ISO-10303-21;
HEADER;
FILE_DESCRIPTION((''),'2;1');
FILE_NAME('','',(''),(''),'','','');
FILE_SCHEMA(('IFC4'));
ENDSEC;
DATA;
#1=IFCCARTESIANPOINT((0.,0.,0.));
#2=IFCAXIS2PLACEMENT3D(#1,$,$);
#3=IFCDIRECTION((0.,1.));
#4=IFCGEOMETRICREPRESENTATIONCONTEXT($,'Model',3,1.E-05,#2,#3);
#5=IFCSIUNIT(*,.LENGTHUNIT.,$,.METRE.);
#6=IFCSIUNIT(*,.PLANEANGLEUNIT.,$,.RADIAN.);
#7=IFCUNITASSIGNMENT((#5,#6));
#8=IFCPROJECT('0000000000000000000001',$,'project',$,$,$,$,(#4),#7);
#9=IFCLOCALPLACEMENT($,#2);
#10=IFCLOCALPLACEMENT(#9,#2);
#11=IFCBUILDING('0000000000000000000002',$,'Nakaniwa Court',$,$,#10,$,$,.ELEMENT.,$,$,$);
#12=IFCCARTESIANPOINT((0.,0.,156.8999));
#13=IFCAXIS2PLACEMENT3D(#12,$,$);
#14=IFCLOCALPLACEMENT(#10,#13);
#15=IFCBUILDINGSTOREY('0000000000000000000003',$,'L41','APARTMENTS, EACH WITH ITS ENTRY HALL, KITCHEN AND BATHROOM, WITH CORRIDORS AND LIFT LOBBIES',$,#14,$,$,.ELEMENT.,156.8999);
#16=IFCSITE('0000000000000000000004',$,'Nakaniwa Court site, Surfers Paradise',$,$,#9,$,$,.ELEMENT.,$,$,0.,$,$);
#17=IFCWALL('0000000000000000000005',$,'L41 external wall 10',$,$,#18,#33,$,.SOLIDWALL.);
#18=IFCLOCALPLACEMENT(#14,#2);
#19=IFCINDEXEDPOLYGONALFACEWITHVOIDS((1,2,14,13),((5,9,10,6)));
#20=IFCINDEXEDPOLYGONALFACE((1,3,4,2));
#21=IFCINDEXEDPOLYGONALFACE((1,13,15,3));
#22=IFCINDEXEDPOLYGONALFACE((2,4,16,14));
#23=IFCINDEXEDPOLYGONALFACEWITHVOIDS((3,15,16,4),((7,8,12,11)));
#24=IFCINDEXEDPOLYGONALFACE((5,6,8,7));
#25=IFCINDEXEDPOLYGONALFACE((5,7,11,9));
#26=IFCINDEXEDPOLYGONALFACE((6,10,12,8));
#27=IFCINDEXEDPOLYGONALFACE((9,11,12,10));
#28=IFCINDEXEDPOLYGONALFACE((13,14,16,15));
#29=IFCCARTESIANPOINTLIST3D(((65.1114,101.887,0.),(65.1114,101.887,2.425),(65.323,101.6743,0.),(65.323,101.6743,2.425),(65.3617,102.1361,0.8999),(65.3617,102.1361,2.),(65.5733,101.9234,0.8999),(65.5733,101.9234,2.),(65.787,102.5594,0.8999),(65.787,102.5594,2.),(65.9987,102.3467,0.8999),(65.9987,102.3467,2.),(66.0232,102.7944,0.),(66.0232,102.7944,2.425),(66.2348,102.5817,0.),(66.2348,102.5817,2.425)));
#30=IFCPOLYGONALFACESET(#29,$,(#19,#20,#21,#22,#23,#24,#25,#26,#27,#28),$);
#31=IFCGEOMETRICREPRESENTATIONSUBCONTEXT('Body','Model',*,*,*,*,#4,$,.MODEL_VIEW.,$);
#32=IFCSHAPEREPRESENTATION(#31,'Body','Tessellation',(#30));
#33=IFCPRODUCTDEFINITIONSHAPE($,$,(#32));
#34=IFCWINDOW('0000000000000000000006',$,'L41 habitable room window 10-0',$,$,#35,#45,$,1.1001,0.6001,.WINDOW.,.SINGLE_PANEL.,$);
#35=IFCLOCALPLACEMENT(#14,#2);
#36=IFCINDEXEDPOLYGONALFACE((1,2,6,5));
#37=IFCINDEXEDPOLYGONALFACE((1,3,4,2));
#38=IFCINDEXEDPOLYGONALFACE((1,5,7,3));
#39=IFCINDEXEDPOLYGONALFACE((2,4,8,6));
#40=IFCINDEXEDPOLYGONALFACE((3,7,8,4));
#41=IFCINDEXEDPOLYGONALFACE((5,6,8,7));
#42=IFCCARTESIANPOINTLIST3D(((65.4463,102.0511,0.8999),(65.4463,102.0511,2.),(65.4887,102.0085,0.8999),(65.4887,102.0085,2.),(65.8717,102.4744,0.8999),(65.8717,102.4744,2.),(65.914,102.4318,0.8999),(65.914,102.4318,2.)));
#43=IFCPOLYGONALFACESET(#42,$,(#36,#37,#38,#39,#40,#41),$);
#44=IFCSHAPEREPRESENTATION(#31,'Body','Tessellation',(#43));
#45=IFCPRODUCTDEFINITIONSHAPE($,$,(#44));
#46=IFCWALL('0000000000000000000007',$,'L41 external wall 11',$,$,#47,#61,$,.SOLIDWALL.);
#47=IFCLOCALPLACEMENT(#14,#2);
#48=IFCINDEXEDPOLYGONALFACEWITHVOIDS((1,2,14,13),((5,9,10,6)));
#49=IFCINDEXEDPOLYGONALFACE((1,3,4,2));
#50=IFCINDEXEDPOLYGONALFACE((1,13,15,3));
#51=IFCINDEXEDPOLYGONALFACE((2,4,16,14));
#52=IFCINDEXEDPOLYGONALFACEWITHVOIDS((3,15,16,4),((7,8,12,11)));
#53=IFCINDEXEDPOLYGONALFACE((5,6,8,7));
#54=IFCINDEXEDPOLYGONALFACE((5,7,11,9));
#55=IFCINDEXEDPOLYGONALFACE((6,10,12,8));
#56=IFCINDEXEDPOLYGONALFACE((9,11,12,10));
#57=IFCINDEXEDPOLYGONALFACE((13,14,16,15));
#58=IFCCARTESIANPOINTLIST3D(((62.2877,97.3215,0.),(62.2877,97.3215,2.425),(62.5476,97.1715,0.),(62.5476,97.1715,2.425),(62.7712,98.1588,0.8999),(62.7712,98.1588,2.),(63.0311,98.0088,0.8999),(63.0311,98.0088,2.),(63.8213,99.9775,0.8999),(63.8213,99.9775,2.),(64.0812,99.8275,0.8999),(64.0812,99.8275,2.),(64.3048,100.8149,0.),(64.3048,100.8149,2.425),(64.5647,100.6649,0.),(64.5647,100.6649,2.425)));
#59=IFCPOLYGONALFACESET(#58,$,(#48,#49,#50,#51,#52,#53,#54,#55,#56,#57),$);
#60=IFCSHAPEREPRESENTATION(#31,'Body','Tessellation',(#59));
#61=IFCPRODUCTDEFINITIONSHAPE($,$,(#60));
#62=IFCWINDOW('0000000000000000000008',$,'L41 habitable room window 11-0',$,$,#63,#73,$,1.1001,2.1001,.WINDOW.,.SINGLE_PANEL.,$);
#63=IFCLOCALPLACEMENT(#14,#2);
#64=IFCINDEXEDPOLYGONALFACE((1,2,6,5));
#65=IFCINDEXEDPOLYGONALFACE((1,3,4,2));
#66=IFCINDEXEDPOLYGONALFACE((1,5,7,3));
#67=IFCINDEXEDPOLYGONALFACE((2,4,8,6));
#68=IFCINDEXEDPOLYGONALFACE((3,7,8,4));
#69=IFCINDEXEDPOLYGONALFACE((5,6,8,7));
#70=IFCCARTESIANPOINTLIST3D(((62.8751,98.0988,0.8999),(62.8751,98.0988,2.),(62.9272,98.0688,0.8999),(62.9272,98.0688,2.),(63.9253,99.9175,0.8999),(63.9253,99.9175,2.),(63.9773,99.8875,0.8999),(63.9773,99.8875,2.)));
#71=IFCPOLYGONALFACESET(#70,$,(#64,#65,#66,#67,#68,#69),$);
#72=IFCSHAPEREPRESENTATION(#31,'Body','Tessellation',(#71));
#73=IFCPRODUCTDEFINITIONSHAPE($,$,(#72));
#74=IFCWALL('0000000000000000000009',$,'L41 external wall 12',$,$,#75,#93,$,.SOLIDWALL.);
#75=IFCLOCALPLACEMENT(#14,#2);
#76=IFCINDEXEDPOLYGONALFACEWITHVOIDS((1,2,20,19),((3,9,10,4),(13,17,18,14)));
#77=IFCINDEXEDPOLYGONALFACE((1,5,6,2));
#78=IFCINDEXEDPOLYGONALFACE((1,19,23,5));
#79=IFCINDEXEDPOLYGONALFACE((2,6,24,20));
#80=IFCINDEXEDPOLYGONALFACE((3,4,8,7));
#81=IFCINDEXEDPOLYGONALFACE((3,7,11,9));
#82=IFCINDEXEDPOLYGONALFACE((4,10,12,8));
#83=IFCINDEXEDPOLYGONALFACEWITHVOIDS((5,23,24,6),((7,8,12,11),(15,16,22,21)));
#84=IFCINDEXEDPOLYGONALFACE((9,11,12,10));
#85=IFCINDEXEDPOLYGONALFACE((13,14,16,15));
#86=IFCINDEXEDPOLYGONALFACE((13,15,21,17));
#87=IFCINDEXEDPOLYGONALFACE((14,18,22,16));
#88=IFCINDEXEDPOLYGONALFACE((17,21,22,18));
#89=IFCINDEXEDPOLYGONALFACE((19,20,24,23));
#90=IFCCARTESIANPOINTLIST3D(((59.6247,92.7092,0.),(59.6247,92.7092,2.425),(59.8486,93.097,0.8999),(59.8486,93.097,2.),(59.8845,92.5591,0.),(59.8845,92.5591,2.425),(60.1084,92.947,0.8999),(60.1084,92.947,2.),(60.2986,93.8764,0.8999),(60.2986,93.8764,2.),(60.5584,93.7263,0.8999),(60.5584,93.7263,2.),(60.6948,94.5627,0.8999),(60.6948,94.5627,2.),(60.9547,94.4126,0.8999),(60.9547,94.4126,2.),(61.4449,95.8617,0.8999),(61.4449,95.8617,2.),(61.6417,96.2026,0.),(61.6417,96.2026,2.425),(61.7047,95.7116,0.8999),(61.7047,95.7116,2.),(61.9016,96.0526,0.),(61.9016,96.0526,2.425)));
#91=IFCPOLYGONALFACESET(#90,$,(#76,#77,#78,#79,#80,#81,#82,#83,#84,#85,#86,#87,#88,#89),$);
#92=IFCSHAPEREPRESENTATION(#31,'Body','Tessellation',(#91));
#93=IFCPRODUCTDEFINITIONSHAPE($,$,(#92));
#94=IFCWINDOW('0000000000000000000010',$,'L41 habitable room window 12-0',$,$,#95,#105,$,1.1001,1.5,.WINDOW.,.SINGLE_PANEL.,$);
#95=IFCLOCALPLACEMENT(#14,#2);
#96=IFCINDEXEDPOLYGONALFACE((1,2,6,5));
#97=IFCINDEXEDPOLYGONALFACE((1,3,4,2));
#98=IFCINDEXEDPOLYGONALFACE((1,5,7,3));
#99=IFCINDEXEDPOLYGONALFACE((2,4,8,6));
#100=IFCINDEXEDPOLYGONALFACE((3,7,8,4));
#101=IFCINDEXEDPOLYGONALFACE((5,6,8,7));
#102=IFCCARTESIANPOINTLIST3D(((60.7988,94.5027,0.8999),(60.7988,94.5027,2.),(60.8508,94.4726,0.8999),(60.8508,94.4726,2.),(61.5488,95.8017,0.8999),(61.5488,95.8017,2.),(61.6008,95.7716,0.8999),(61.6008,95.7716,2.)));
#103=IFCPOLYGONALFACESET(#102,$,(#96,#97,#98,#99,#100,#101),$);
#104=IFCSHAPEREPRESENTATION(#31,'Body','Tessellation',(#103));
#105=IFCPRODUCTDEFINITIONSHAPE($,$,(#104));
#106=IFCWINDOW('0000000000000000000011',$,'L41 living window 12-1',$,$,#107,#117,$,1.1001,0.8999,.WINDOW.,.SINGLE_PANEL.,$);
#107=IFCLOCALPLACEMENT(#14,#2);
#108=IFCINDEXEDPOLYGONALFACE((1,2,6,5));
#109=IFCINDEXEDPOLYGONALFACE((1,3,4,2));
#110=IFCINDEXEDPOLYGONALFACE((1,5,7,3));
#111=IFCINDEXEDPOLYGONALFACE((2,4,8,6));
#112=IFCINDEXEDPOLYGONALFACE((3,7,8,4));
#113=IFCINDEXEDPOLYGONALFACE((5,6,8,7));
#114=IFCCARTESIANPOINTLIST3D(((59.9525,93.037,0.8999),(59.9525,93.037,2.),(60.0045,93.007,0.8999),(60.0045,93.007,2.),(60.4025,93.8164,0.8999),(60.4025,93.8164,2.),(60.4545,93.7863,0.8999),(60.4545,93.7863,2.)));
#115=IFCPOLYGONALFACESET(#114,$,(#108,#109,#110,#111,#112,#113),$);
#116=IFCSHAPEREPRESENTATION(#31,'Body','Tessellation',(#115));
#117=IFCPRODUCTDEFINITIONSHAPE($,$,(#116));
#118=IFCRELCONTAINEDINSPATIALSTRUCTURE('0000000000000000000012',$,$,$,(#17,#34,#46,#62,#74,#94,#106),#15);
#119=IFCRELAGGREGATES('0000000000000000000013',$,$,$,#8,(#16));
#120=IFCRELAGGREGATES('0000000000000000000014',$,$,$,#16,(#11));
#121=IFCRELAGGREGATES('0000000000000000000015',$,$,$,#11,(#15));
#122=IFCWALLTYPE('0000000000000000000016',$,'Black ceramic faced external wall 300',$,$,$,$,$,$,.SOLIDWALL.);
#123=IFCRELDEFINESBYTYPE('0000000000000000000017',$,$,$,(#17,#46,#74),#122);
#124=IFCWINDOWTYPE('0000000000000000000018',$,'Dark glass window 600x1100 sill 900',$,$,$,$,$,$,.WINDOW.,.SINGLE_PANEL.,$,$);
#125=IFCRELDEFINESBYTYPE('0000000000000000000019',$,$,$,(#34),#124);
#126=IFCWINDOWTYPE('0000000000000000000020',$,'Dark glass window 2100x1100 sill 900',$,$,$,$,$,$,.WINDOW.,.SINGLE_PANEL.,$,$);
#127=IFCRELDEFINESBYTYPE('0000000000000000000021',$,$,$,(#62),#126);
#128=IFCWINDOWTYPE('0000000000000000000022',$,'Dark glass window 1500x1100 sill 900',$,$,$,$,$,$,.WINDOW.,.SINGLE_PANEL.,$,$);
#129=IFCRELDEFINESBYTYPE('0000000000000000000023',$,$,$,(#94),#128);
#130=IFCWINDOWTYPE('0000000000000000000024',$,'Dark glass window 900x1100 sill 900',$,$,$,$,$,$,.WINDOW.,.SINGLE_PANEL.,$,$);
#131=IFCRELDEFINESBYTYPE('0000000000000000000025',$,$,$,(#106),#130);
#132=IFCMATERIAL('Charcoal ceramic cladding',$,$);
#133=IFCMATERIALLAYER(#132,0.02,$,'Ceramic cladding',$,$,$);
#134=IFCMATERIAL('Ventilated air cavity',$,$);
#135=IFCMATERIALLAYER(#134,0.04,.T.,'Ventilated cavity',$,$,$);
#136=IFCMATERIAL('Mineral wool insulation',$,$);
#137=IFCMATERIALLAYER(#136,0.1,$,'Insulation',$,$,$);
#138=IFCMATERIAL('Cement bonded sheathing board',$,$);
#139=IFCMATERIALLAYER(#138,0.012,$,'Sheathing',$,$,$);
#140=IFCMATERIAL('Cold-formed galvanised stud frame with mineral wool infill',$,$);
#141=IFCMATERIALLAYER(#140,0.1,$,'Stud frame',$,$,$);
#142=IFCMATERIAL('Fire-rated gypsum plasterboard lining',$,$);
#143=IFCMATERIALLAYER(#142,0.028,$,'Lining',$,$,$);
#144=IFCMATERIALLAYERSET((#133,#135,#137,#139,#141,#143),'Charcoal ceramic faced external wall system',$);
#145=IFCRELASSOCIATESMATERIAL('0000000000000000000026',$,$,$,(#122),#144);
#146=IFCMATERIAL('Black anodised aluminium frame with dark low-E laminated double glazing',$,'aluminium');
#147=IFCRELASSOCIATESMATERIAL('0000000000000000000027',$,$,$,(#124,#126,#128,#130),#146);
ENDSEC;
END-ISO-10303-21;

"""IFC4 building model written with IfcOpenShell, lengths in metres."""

from ifc_helpers import new_model, si_unit, direction, frame, frame_2d, origin, place, context, subcontext, project, spatial, rectangle, extrude, material, layer, layer_set, type_object, element, fill, save


model = new_model("IFC4")

# Units and contexts
model_context = context("Model", 3, precision=1e-05, world=origin(), true_north=direction((0.0, 1.0)))
body_context = subcontext(model_context, "Body", "Model", "MODEL_VIEW")
ifc_project = project(units=[si_unit("LENGTHUNIT", "METRE"), si_unit("PLANEANGLEUNIT", "RADIAN")], contexts=[model_context])

# Site, building, storey
site_placement = place(None, origin())
site = spatial("IfcSite", under=ifc_project, at=site_placement, Name="Nakaniwa Court site, Surfers Paradise", CompositionType="ELEMENT", RefElevation=0.0)
building_placement = place(site_placement, origin())
building = spatial("IfcBuilding", under=site, at=building_placement, Name="Nakaniwa Court", CompositionType="ELEMENT")
storey_placement = place(building_placement, frame((0.0, 0.0, 156.8999)))
storey = spatial("IfcBuildingStorey", under=building, at=storey_placement, Name="L41", Description="APARTMENTS, EACH WITH ITS ENTRY HALL, KITCHEN AND BATHROOM, WITH CORRIDORS AND LIFT LOBBIES", CompositionType="ELEMENT", Elevation=156.8999)

# Walls, openings, windows
ifc_material_1 = material(Name="Charcoal ceramic cladding")
ifc_layer_1 = layer(ifc_material_1, 0.02, Name="Ceramic cladding")
ifc_material_2 = material(Name="Ventilated air cavity")
ifc_layer_2 = layer(ifc_material_2, 0.04, ventilated=True, Name="Ventilated cavity")
ifc_material_3 = material(Name="Mineral wool insulation")
ifc_layer_3 = layer(ifc_material_3, 0.1, Name="Insulation")
ifc_material_4 = material(Name="Cement bonded sheathing board")
ifc_layer_4 = layer(ifc_material_4, 0.012, Name="Sheathing")
ifc_material_5 = material(Name="Cold-formed galvanised stud frame with mineral wool infill")
ifc_layer_5 = layer(ifc_material_5, 0.1, Name="Stud frame")
ifc_material_6 = material(Name="Fire-rated gypsum plasterboard lining")
ifc_layer_6 = layer(ifc_material_6, 0.028, Name="Lining")
ifc_layer_set_1 = layer_set([ifc_layer_1, ifc_layer_2, ifc_layer_3, ifc_layer_4, ifc_layer_5, ifc_layer_6], Name="Charcoal ceramic faced external wall system")
wall_type_1 = type_object("IfcWallType", Name="Black ceramic faced external wall 300", PredefinedType="SOLIDWALL", material=ifc_layer_set_1)
wall_1_placement = place(storey_placement, frame((66.1289, 102.688, 0.0), z_axis=(0.0, 0.0, 1.0), x_axis=(-0.708813, -0.705397, 0.0)))
wall_1 = element("IfcWall", 1, at=wall_1_placement, inside=storey, type_object=wall_type_1, Name="L41 external wall 10", PredefinedType="SOLIDWALL", context=body_context, shape_type="SweptSolid", body=[
    extrude(rectangle(XDim=1.2864, YDim=0.3, at=frame_2d((0.6431, 0.0))), origin(), (0.0, 0.0, 1.0), 2.425),
])
opening_1_placement = place(wall_1_placement, frame((0.333, 0.0, 0.8999)))
opening_1 = element("IfcOpeningElement", 2, at=opening_1_placement, cuts=wall_1, PredefinedType="OPENING", context=body_context, shape_type="SweptSolid", body=[
    extrude(rectangle(XDim=0.6001, YDim=1.1001, at=frame_2d((0.3, 0.55))), frame((0.0, 0.1599, 0.0), z_axis=(0.0, -1.0, 0.0), x_axis=(1.0, 0.0, 0.0)), (0.0, 0.0, 1.0), 0.3201),
])
ifc_material_7 = material(Name="Black anodised aluminium frame with dark low-E laminated double glazing", Category="aluminium")
window_type_1 = type_object("IfcWindowType", Name="Dark glass window 600x1100 sill 900", PartitioningType="SINGLE_PANEL", PredefinedType="WINDOW", material=ifc_material_7)
window_1_placement = place(opening_1_placement, origin())
window_1 = element("IfcWindow", 3, at=window_1_placement, inside=storey, type_object=window_type_1, Name="L41 habitable room window 10-0", OverallHeight=1.1001, OverallWidth=0.6001, PartitioningType="SINGLE_PANEL", PredefinedType="WINDOW", context=body_context, shape_type="SweptSolid", body=[
    extrude(rectangle(XDim=0.6001, YDim=1.1001, at=frame_2d((0.3, 0.55))), frame((0.0, 0.03, 0.0), z_axis=(0.0, -1.0, 0.0), x_axis=(1.0, 0.0, 0.0)), (0.0, 0.0, 1.0), 0.0601),
])
fill(opening_1, window_1)
wall_2_placement = place(storey_placement, frame((64.4348, 100.74, 0.0), z_axis=(0.0, 0.0, 1.0), x_axis=(-0.500032, -0.866007, 0.0)))
wall_2 = element("IfcWall", 4, at=wall_2_placement, inside=storey, type_object=wall_type_1, Name="L41 external wall 11", PredefinedType="SOLIDWALL", context=body_context, shape_type="SweptSolid", body=[
    extrude(rectangle(XDim=4.0339, YDim=0.3, at=frame_2d((2.0171, 0.0))), origin(), (0.0, 0.0, 1.0), 2.425),
])
opening_2_placement = place(wall_2_placement, frame((0.967, 0.0, 0.8999)))
opening_2 = element("IfcOpeningElement", 5, at=opening_2_placement, cuts=wall_2, PredefinedType="OPENING", context=body_context, shape_type="SweptSolid", body=[
    extrude(rectangle(XDim=2.1001, YDim=1.1001, at=frame_2d((1.05, 0.55))), frame((0.0, 0.1599, 0.0), z_axis=(0.0, -1.0, 0.0), x_axis=(1.0, 0.0, 0.0)), (0.0, 0.0, 1.0), 0.3201),
])
window_type_2 = type_object("IfcWindowType", Name="Dark glass window 2100x1100 sill 900", PartitioningType="SINGLE_PANEL", PredefinedType="WINDOW", material=ifc_material_7)
window_2_placement = place(opening_2_placement, origin())
window_2 = element("IfcWindow", 6, at=window_2_placement, inside=storey, type_object=window_type_2, Name="L41 habitable room window 11-0", OverallHeight=1.1001, OverallWidth=2.1001, PartitioningType="SINGLE_PANEL", PredefinedType="WINDOW", context=body_context, shape_type="SweptSolid", body=[
    extrude(rectangle(XDim=2.1001, YDim=1.1001, at=frame_2d((1.05, 0.55))), frame((0.0, 0.03, 0.0), z_axis=(0.0, -1.0, 0.0), x_axis=(1.0, 0.0, 0.0)), (0.0, 0.0, 1.0), 0.0601),
])
fill(opening_2, window_2)

# Wall, openings, windows
wall_3_placement = place(storey_placement, frame((61.7717, 96.1277, 0.0), z_axis=(0.0, 0.0, 1.0), x_axis=(-0.500032, -0.866007, 0.0)))
wall_3 = element("IfcWall", 7, at=wall_3_placement, inside=storey, type_object=wall_type_1, Name="L41 external wall 12", PredefinedType="SOLIDWALL", context=body_context, shape_type="SweptSolid", body=[
    extrude(rectangle(XDim=4.0339, YDim=0.3, at=frame_2d((2.0171, 0.0))), origin(), (0.0, 0.0, 1.0), 2.425),
])
opening_3_placement = place(wall_3_placement, frame((0.3938, 0.0, 0.8999)))
opening_3 = element("IfcOpeningElement", 8, at=opening_3_placement, cuts=wall_3, PredefinedType="OPENING", context=body_context, shape_type="SweptSolid", body=[
    extrude(rectangle(XDim=1.5, YDim=1.1001, at=frame_2d((0.75, 0.55))), frame((0.0, 0.1599, 0.0), z_axis=(0.0, -1.0, 0.0), x_axis=(1.0, 0.0, 0.0)), (0.0, 0.0, 1.0), 0.3201),
])
opening_4_placement = place(wall_3_placement, frame((2.6863, 0.0, 0.8999)))
opening_4 = element("IfcOpeningElement", 9, at=opening_4_placement, cuts=wall_3, PredefinedType="OPENING", context=body_context, shape_type="SweptSolid", body=[
    extrude(rectangle(XDim=0.8999, YDim=1.1001, at=frame_2d((0.45, 0.55))), frame((0.0, 0.1599, 0.0), z_axis=(0.0, -1.0, 0.0), x_axis=(1.0, 0.0, 0.0)), (0.0, 0.0, 1.0), 0.3201),
])
window_type_3 = type_object("IfcWindowType", Name="Dark glass window 1500x1100 sill 900", PartitioningType="SINGLE_PANEL", PredefinedType="WINDOW", material=ifc_material_7)
window_3_placement = place(opening_3_placement, origin())
window_3 = element("IfcWindow", 10, at=window_3_placement, inside=storey, type_object=window_type_3, Name="L41 habitable room window 12-0", OverallHeight=1.1001, OverallWidth=1.5, PartitioningType="SINGLE_PANEL", PredefinedType="WINDOW", context=body_context, shape_type="SweptSolid", body=[
    extrude(rectangle(XDim=1.5, YDim=1.1001, at=frame_2d((0.75, 0.55))), frame((0.0, 0.03, 0.0), z_axis=(0.0, -1.0, 0.0), x_axis=(1.0, 0.0, 0.0)), (0.0, 0.0, 1.0), 0.0601),
])
fill(opening_3, window_3)
window_type_4 = type_object("IfcWindowType", Name="Dark glass window 900x1100 sill 900", PartitioningType="SINGLE_PANEL", PredefinedType="WINDOW", material=ifc_material_7)
window_4_placement = place(opening_4_placement, origin())
window_4 = element("IfcWindow", 11, at=window_4_placement, inside=storey, type_object=window_type_4, Name="L41 living window 12-1", OverallHeight=1.1001, OverallWidth=0.8999, PartitioningType="SINGLE_PANEL", PredefinedType="WINDOW", context=body_context, shape_type="SweptSolid", body=[
    extrude(rectangle(XDim=0.8999, YDim=1.1001, at=frame_2d((0.45, 0.55))), frame((0.0, 0.03, 0.0), z_axis=(0.0, -1.0, 0.0), x_axis=(1.0, 0.0, 0.0)), (0.0, 0.0, 1.0), 0.0601),
])
fill(opening_4, window_4)

save(model, "model.ifc")
